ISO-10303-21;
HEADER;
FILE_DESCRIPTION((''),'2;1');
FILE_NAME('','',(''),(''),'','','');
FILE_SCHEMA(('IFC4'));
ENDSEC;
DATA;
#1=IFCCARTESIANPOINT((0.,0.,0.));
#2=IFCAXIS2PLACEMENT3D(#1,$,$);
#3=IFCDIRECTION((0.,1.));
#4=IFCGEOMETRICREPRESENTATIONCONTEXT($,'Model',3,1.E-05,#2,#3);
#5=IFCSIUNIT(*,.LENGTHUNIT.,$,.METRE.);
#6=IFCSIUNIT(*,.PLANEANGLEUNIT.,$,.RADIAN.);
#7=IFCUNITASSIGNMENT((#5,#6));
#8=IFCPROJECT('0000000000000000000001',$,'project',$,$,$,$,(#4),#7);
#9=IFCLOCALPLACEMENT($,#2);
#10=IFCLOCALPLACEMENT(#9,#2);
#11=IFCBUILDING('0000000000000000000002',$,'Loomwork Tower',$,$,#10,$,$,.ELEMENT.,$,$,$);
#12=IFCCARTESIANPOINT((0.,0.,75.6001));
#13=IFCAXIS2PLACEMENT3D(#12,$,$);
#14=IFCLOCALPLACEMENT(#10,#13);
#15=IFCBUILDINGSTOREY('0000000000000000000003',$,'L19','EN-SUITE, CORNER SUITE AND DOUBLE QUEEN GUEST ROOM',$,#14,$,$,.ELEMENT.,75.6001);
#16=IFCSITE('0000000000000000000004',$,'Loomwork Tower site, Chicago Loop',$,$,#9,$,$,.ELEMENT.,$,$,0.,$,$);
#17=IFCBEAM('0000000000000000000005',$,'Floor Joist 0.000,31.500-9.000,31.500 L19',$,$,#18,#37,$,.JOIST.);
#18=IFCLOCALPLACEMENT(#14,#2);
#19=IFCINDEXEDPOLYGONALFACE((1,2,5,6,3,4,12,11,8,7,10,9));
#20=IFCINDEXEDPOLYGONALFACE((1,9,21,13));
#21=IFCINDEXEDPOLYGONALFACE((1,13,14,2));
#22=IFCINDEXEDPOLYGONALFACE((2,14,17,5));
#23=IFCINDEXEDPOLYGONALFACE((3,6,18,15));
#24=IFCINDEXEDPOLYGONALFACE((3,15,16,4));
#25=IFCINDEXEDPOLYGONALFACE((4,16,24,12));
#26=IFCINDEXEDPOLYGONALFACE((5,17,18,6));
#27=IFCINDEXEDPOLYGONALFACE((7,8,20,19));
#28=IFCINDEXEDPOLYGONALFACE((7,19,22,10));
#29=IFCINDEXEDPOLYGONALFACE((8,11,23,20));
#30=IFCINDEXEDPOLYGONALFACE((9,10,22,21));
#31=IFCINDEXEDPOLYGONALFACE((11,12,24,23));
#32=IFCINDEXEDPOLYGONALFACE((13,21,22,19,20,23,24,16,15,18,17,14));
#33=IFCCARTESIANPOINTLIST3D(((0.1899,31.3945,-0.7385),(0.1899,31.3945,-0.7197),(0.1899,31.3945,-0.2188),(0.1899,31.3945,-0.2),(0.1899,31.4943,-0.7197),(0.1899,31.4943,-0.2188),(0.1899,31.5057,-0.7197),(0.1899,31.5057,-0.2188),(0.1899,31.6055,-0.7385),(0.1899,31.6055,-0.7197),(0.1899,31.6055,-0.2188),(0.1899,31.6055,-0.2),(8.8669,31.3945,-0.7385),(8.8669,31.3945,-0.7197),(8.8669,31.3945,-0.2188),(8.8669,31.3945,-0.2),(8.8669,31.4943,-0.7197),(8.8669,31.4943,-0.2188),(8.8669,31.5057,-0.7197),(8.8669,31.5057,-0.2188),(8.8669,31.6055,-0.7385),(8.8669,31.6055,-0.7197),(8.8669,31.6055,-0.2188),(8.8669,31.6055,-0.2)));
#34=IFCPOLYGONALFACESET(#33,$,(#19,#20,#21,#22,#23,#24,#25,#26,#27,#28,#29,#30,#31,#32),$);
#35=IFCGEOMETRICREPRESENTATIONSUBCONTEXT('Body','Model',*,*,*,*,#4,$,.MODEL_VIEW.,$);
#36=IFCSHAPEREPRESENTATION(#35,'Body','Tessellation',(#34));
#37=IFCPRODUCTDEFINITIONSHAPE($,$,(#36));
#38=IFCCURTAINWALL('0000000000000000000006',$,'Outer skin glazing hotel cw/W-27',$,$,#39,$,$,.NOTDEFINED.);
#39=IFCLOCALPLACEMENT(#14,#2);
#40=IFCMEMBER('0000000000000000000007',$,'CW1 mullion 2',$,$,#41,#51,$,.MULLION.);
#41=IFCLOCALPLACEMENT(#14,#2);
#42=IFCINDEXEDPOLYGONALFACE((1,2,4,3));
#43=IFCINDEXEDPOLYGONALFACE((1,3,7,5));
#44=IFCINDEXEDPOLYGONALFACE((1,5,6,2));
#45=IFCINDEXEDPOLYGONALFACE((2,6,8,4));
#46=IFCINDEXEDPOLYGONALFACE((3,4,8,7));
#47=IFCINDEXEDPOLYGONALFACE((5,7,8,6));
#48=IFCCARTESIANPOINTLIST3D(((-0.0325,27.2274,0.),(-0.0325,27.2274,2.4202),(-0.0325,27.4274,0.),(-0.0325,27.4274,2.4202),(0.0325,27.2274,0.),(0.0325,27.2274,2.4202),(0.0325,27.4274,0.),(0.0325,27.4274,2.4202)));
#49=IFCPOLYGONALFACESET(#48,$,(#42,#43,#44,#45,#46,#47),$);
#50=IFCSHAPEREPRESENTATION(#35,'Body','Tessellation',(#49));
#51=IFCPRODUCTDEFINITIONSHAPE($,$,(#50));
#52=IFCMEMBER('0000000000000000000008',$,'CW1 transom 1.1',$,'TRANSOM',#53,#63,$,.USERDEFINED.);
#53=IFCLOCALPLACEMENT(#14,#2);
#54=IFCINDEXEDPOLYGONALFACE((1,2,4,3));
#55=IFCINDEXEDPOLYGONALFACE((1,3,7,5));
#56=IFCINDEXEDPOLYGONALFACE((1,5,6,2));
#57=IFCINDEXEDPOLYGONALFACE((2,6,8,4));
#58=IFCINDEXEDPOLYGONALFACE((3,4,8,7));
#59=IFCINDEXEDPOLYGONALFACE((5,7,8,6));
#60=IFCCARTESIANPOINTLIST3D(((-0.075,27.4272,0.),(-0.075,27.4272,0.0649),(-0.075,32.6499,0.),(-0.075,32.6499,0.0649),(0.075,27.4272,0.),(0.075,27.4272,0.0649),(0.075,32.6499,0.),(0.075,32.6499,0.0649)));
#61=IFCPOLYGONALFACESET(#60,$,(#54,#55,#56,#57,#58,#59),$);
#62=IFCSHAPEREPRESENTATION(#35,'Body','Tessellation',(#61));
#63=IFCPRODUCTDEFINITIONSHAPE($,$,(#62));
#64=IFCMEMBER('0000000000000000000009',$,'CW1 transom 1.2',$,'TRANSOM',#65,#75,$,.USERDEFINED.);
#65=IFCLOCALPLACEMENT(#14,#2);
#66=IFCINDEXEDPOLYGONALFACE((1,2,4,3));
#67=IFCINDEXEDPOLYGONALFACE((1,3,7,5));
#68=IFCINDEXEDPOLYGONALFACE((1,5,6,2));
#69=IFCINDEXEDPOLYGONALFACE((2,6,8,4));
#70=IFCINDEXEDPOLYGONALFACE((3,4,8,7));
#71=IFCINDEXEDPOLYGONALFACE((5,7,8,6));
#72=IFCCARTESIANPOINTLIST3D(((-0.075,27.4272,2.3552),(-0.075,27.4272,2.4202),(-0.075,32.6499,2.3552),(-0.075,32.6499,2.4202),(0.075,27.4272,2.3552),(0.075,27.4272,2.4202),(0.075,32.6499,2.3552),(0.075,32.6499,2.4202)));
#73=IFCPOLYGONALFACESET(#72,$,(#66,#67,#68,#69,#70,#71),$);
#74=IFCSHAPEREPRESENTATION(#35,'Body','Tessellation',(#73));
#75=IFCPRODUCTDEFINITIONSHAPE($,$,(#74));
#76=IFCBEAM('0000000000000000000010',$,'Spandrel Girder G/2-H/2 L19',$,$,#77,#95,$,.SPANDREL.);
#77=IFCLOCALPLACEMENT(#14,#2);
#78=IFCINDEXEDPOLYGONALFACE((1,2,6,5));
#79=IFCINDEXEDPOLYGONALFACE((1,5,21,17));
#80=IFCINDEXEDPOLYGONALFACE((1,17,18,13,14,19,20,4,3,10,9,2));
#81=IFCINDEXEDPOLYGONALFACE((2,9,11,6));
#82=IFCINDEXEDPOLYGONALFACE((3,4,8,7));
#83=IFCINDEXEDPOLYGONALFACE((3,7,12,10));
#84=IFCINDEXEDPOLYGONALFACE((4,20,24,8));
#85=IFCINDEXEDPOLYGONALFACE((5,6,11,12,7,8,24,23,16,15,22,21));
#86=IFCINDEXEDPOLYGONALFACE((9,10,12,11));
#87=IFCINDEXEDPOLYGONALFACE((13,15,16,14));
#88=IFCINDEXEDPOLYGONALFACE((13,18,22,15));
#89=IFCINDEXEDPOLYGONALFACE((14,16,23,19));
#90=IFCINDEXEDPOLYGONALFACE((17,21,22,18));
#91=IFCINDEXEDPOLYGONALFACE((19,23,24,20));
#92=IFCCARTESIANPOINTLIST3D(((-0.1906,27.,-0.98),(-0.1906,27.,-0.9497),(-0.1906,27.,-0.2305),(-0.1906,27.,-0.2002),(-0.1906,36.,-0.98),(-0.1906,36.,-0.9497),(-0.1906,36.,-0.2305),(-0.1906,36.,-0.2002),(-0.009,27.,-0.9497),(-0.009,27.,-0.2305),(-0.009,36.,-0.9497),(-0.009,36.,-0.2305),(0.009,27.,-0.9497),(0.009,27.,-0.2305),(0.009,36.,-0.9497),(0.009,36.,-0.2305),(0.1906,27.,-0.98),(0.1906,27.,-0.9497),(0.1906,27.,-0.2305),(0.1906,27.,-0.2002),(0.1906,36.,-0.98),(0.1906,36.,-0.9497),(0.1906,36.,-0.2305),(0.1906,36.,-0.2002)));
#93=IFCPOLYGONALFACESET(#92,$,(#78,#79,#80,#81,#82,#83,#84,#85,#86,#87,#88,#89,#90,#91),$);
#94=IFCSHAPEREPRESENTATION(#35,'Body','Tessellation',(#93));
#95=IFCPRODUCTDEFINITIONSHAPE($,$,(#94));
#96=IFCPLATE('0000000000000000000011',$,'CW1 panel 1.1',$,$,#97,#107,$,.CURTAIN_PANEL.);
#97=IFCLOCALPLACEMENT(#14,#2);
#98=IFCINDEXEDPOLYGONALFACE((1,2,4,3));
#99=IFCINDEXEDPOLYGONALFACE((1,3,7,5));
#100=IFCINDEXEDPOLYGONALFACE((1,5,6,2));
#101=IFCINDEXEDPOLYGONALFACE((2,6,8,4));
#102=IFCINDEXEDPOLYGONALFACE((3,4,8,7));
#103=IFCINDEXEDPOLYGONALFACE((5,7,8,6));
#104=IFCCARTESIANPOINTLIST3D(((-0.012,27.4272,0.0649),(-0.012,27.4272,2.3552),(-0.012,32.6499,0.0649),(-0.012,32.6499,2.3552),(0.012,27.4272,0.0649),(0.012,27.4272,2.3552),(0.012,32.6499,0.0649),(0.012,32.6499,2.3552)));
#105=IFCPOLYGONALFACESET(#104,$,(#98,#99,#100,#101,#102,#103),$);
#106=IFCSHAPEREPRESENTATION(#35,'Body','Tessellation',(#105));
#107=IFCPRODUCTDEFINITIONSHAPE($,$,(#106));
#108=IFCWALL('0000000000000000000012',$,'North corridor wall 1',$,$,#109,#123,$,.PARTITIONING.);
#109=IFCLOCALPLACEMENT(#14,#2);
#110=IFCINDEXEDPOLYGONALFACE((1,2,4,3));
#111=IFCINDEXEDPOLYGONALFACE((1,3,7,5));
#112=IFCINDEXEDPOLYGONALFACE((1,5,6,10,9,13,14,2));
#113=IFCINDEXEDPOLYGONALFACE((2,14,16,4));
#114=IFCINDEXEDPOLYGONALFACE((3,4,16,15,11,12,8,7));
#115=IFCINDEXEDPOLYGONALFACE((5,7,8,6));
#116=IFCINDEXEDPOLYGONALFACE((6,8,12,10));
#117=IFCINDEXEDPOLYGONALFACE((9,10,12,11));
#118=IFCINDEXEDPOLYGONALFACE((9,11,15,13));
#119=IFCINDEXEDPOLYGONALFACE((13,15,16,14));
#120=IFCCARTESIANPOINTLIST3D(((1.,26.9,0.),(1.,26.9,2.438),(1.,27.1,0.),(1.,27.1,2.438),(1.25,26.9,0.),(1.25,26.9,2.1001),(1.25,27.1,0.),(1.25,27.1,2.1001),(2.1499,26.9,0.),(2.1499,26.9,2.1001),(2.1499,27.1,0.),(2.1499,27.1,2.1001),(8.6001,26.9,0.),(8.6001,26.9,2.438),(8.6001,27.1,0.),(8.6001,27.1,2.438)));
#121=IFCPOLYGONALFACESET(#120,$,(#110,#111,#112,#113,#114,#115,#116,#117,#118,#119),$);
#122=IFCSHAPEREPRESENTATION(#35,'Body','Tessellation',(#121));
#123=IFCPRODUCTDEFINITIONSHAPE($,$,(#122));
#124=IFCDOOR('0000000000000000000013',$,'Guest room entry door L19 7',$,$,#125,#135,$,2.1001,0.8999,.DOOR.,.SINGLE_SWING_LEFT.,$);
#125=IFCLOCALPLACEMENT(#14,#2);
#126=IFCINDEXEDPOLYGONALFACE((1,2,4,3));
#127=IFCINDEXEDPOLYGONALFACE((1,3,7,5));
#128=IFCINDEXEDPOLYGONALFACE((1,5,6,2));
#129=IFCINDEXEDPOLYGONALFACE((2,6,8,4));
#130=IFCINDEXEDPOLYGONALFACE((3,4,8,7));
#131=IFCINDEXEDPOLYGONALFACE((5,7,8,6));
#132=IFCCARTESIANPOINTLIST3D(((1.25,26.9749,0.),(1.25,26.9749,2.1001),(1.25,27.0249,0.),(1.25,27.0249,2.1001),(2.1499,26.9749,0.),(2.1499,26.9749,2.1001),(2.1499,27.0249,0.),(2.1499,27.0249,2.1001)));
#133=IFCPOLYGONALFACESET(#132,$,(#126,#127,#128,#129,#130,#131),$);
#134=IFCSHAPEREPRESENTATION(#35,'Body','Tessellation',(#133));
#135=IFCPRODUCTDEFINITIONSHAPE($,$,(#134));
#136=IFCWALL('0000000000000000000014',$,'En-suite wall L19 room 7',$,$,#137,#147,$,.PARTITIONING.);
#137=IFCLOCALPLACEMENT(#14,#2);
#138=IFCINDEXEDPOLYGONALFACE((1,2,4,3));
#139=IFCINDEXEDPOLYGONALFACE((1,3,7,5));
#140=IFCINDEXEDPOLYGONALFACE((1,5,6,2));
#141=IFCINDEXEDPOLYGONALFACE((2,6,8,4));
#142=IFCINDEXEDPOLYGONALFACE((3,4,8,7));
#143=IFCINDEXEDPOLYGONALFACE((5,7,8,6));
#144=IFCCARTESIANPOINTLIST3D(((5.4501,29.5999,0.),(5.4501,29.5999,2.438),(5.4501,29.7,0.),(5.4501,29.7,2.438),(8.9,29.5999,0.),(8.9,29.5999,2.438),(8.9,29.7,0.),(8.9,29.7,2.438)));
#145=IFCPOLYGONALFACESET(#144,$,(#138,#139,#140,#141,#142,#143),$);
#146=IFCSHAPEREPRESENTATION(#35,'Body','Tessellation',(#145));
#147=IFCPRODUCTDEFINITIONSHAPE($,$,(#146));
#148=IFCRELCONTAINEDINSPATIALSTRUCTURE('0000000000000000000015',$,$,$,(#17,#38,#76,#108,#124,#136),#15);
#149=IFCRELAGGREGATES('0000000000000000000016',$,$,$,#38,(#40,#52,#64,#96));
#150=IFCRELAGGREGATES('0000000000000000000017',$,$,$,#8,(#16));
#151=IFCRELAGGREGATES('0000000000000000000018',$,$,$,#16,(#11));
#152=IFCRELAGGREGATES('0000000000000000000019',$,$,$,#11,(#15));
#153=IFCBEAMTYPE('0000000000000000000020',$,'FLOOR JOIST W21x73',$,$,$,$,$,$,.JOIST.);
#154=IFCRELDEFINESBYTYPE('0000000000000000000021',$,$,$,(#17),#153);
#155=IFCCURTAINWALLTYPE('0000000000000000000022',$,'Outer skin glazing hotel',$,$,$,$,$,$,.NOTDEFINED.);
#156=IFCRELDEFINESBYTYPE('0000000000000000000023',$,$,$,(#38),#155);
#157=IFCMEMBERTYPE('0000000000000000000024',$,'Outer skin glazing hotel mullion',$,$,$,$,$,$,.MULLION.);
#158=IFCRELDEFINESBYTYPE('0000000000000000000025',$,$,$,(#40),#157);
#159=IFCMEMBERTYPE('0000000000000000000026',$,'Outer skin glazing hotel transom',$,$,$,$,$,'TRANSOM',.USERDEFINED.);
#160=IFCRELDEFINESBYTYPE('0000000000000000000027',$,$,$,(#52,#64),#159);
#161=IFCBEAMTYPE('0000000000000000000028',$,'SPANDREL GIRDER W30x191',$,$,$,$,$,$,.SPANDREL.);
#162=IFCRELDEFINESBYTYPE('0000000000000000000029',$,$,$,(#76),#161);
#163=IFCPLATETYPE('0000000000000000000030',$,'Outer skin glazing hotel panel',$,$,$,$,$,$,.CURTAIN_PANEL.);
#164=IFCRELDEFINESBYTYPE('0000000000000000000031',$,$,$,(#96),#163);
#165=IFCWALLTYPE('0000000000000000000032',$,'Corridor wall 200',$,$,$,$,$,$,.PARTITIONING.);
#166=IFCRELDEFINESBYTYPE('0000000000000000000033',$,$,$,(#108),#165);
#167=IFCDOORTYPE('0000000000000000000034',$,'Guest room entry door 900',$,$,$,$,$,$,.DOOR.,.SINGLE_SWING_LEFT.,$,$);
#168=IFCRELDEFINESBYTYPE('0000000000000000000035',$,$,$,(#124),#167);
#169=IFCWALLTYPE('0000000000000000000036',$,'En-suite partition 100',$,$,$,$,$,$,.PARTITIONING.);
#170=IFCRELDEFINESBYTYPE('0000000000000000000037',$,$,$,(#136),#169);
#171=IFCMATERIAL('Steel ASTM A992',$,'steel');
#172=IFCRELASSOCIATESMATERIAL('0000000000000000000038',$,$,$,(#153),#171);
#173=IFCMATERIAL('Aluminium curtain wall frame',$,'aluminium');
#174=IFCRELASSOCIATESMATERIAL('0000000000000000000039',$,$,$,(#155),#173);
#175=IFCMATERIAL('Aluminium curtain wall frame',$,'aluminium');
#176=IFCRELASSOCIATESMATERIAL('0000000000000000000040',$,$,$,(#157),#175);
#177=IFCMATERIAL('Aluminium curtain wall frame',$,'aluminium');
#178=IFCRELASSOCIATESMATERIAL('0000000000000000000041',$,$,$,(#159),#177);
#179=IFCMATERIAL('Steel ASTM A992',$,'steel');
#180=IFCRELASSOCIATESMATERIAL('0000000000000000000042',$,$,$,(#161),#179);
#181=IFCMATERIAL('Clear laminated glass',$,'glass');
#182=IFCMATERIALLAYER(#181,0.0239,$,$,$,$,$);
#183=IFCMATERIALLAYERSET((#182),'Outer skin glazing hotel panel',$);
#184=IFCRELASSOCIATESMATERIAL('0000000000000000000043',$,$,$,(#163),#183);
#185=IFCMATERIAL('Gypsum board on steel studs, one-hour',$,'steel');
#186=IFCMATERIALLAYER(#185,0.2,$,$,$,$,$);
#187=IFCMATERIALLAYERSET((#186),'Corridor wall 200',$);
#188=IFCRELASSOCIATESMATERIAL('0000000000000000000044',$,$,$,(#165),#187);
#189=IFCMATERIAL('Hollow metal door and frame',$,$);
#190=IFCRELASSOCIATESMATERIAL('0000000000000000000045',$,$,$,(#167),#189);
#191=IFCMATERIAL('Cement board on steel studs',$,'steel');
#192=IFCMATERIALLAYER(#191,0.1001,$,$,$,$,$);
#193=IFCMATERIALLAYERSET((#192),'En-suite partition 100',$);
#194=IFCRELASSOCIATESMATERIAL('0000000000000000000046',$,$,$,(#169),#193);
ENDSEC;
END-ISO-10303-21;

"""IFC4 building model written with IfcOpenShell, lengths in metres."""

from ifc_helpers import new_model, si_unit, direction, frame, frame_2d, origin, origin_2d, place, context, subcontext, project, spatial, rectangle, i_section, extrude, material, layer, layer_set, material_profile, profile_set, type_object, element, fill, aggregate, save


model = new_model("IFC4")

# Units and contexts
model_context = context("Model", 3, precision=1e-05, world=origin(), true_north=direction((0.0, 1.0)))
body_context = subcontext(model_context, "Body", "Model", "MODEL_VIEW")
ifc_project = project(units=[si_unit("LENGTHUNIT", "METRE"), si_unit("PLANEANGLEUNIT", "RADIAN")], contexts=[model_context])

# Site, building, storey
site_placement = place(None, origin())
site = spatial("IfcSite", under=ifc_project, at=site_placement, Name="Loomwork Tower site, Chicago Loop", CompositionType="ELEMENT", RefElevation=0.0)
building_placement = place(site_placement, origin())
building = spatial("IfcBuilding", under=site, at=building_placement, Name="Loomwork Tower", CompositionType="ELEMENT")
storey_placement = place(building_placement, frame((0.0, 0.0, 75.6001)))
storey = spatial("IfcBuildingStorey", under=building, at=storey_placement, Name="L19", Description="EN-SUITE, CORNER SUITE AND DOUBLE QUEEN GUEST ROOM", CompositionType="ELEMENT", Elevation=75.6001)

# Beam
ifc_material_1 = material(Name="Steel ASTM A992", Category="steel")
ifc_material_profile_1 = material_profile(ifc_material_1, i_section(OverallWidth=0.2109, OverallDepth=0.5386, WebThickness=0.0115, FlangeThickness=0.0188, at=origin_2d()), Name="W21x73")
ifc_profile_set_1 = profile_set([ifc_material_profile_1], Name="Steel ASTM A992")
beam_type_1 = type_object("IfcBeamType", Name="FLOOR JOIST W21x73", PredefinedType="JOIST", material=ifc_profile_set_1)
beam_1_placement = place(storey_placement, frame((0.1899, 31.5, -0.4692), z_axis=(1.0, 0.0, 0.0), x_axis=(0.0, 1.0, 0.0)))
element("IfcBeam", 1, at=beam_1_placement, inside=storey, type_object=beam_type_1, Name="Floor Joist 0.000,31.500-9.000,31.500 L19", PredefinedType="JOIST", context=body_context, shape_type="SweptSolid", body=[
    extrude(i_section(OverallWidth=0.2109, OverallDepth=0.5386, WebThickness=0.0115, FlangeThickness=0.0188, at=origin_2d()), origin(), (0.0, 0.0, 1.0), 8.677),
])

# Curtain wall, members
ifc_material_2 = material(Name="Aluminium curtain wall frame", Category="aluminium")
curtain_wall_type = type_object("IfcCurtainWallType", Name="Outer skin glazing hotel", PredefinedType="NOTDEFINED", material=ifc_material_2)
curtain_wall_placement = place(storey_placement, origin())
curtain_wall = element("IfcCurtainWall", 2, at=curtain_wall_placement, inside=storey, type_object=curtain_wall_type, Name="Outer skin glazing hotel cw/W-27", PredefinedType="NOTDEFINED")
ifc_material_3 = material(Name="Aluminium curtain wall frame", Category="aluminium")
ifc_material_profile_2 = material_profile(ifc_material_3, rectangle(XDim=0.0649, YDim=0.2, at=origin_2d()), Name="AL 65x200")
ifc_profile_set_2 = profile_set([ifc_material_profile_2], Name="Aluminium curtain wall frame")
member_type_1 = type_object("IfcMemberType", Name="Outer skin glazing hotel mullion", PredefinedType="MULLION", material=ifc_profile_set_2)
member_1_placement = place(storey_placement, frame((0.0, 27.3274, 0.0), z_axis=(0.0, 0.0, 1.0), x_axis=(1.0, 0.0, 0.0)))
member_1 = element("IfcMember", 3, at=member_1_placement, type_object=member_type_1, Name="CW1 mullion 2", PredefinedType="MULLION", context=body_context, shape_type="SweptSolid", body=[
    extrude(rectangle(XDim=0.0649, YDim=0.2, at=origin_2d()), origin(), (0.0, 0.0, 1.0), 2.4202),
])
ifc_material_4 = material(Name="Aluminium curtain wall frame", Category="aluminium")
ifc_material_profile_3 = material_profile(ifc_material_4, rectangle(XDim=0.1499, YDim=0.0649, at=origin_2d()), Name="AL 65x150")
ifc_profile_set_3 = profile_set([ifc_material_profile_3], Name="Aluminium curtain wall frame")
member_type_2 = type_object("IfcMemberType", Name="Outer skin glazing hotel transom", ElementType="TRANSOM", PredefinedType="USERDEFINED", material=ifc_profile_set_3)
member_2_placement = place(storey_placement, frame((0.0, 32.6499, 0.0325), z_axis=(0.0, -1.0, 0.0), x_axis=(1.0, 0.0, 0.0)))
member_2 = element("IfcMember", 4, at=member_2_placement, type_object=member_type_2, Name="CW1 transom 1.1", ObjectType="TRANSOM", PredefinedType="USERDEFINED", context=body_context, shape_type="SweptSolid", body=[
    extrude(rectangle(XDim=0.1499, YDim=0.0649, at=origin_2d()), origin(), (0.0, 0.0, 1.0), 5.2227),
])
member_3_placement = place(storey_placement, frame((0.0, 32.6499, 2.3877), z_axis=(0.0, -1.0, 0.0), x_axis=(1.0, 0.0, 0.0)))
member_3 = element("IfcMember", 5, at=member_3_placement, type_object=member_type_2, Name="CW1 transom 1.2", ObjectType="TRANSOM", PredefinedType="USERDEFINED", context=body_context, shape_type="SweptSolid", body=[
    extrude(rectangle(XDim=0.1499, YDim=0.0649, at=origin_2d()), origin(), (0.0, 0.0, 1.0), 5.2227),
])

# Beam
ifc_material_5 = material(Name="Steel ASTM A992", Category="steel")
ifc_material_profile_4 = material_profile(ifc_material_5, i_section(OverallWidth=0.3811, OverallDepth=0.7798, WebThickness=0.0181, FlangeThickness=0.0303, at=origin_2d()), Name="W30x191")
ifc_profile_set_4 = profile_set([ifc_material_profile_4], Name="Steel ASTM A992")
beam_type_2 = type_object("IfcBeamType", Name="SPANDREL GIRDER W30x191", PredefinedType="SPANDREL", material=ifc_profile_set_4)
beam_2_placement = place(storey_placement, frame((0.0, 27.0, -0.5901), z_axis=(0.0, 1.0, 0.0), x_axis=(-1.0, 0.0, 0.0)))
element("IfcBeam", 6, at=beam_2_placement, inside=storey, type_object=beam_type_2, Name="Spandrel Girder G/2-H/2 L19", PredefinedType="SPANDREL", context=body_context, shape_type="SweptSolid", body=[
    extrude(i_section(OverallWidth=0.3811, OverallDepth=0.7798, WebThickness=0.0181, FlangeThickness=0.0303, at=origin_2d()), origin(), (0.0, 0.0, 1.0), 9.0),
])

# Plate
ifc_material_6 = material(Name="Clear laminated glass", Category="glass")
ifc_layer_1 = layer(ifc_material_6, 0.0239)
ifc_layer_set_1 = layer_set([ifc_layer_1], Name="Outer skin glazing hotel panel")
plate_type = type_object("IfcPlateType", Name="Outer skin glazing hotel panel", PredefinedType="CURTAIN_PANEL", material=ifc_layer_set_1)
plate_placement = place(storey_placement, frame((0.0, 30.0386, 0.0649), z_axis=(0.0, 0.0, 1.0), x_axis=(0.0, -1.0, 0.0)))
plate = element("IfcPlate", 7, at=plate_placement, type_object=plate_type, Name="CW1 panel 1.1", PredefinedType="CURTAIN_PANEL", context=body_context, shape_type="SweptSolid", body=[
    extrude(rectangle(XDim=5.2227, YDim=0.0239, at=origin_2d()), origin(), (0.0, 0.0, 1.0), 2.2903),
])
aggregate(curtain_wall, [member_1, member_2, member_3, plate])

# Wall, opening, door
ifc_material_7 = material(Name="Gypsum board on steel studs, one-hour", Category="steel")
ifc_layer_2 = layer(ifc_material_7, 0.2)
ifc_layer_set_2 = layer_set([ifc_layer_2], Name="Corridor wall 200")
wall_type_1 = type_object("IfcWallType", Name="Corridor wall 200", PredefinedType="PARTITIONING", material=ifc_layer_set_2)
wall_1_placement = place(storey_placement, frame((1.0, 27.0, 0.0), z_axis=(0.0, 0.0, 1.0), x_axis=(1.0, 0.0, 0.0)))
wall_1 = element("IfcWall", 8, at=wall_1_placement, inside=storey, type_object=wall_type_1, Name="North corridor wall 1", PredefinedType="PARTITIONING", context=body_context, shape_type="SweptSolid", body=[
    extrude(rectangle(XDim=7.6001, YDim=0.2, at=frame_2d((3.8, 0.0))), origin(), (0.0, 0.0, 1.0), 2.438),
])
opening_1_placement = place(wall_1_placement, frame((0.25, 0.0, 0.0)))
opening_1 = element("IfcOpeningElement", 9, at=opening_1_placement, cuts=wall_1, PredefinedType="OPENING", context=body_context, shape_type="SweptSolid", body=[
    extrude(rectangle(XDim=0.8999, YDim=2.1001, at=frame_2d((0.45, 1.05))), frame((0.0, 0.1099, 0.0), z_axis=(0.0, -1.0, 0.0), x_axis=(1.0, 0.0, 0.0)), (0.0, 0.0, 1.0), 0.22),
])
ifc_material_8 = material(Name="Hollow metal door and frame")
door_type_1 = type_object("IfcDoorType", Name="Guest room entry door 900", OperationType="SINGLE_SWING_LEFT", PredefinedType="DOOR", material=ifc_material_8)
door_1_placement = place(opening_1_placement, origin())
door_1 = element("IfcDoor", 10, at=door_1_placement, inside=storey, type_object=door_type_1, Name="Guest room entry door L19 7", OperationType="SINGLE_SWING_LEFT", OverallHeight=2.1001, OverallWidth=0.8999, PredefinedType="DOOR", context=body_context, shape_type="SweptSolid", body=[
    extrude(rectangle(XDim=0.8999, YDim=2.1001, at=frame_2d((0.45, 1.05))), frame((0.0, 0.0249, 0.0), z_axis=(0.0, -1.0, 0.0), x_axis=(1.0, 0.0, 0.0)), (0.0, 0.0, 1.0), 0.05),
])
fill(opening_1, door_1)

# Wall
ifc_material_9 = material(Name="Cement board on steel studs", Category="steel")
ifc_layer_3 = layer(ifc_material_9, 0.1001)
ifc_layer_set_3 = layer_set([ifc_layer_3], Name="En-suite partition 100")
wall_type_2 = type_object("IfcWallType", Name="En-suite partition 100", PredefinedType="PARTITIONING", material=ifc_layer_set_3)
wall_2_placement = place(storey_placement, frame((5.45, 29.6499, 0.0), z_axis=(0.0, 0.0, 1.0), x_axis=(1.0, 0.0, 0.0)))
element("IfcWall", 11, at=wall_2_placement, inside=storey, type_object=wall_type_2, Name="En-suite wall L19 room 7", PredefinedType="PARTITIONING", context=body_context, shape_type="SweptSolid", body=[
    extrude(rectangle(XDim=3.45, YDim=0.1001, at=frame_2d((1.7251, 0.0))), origin(), (0.0, 0.0, 1.0), 2.438),
])

save(model, "model.ifc")
